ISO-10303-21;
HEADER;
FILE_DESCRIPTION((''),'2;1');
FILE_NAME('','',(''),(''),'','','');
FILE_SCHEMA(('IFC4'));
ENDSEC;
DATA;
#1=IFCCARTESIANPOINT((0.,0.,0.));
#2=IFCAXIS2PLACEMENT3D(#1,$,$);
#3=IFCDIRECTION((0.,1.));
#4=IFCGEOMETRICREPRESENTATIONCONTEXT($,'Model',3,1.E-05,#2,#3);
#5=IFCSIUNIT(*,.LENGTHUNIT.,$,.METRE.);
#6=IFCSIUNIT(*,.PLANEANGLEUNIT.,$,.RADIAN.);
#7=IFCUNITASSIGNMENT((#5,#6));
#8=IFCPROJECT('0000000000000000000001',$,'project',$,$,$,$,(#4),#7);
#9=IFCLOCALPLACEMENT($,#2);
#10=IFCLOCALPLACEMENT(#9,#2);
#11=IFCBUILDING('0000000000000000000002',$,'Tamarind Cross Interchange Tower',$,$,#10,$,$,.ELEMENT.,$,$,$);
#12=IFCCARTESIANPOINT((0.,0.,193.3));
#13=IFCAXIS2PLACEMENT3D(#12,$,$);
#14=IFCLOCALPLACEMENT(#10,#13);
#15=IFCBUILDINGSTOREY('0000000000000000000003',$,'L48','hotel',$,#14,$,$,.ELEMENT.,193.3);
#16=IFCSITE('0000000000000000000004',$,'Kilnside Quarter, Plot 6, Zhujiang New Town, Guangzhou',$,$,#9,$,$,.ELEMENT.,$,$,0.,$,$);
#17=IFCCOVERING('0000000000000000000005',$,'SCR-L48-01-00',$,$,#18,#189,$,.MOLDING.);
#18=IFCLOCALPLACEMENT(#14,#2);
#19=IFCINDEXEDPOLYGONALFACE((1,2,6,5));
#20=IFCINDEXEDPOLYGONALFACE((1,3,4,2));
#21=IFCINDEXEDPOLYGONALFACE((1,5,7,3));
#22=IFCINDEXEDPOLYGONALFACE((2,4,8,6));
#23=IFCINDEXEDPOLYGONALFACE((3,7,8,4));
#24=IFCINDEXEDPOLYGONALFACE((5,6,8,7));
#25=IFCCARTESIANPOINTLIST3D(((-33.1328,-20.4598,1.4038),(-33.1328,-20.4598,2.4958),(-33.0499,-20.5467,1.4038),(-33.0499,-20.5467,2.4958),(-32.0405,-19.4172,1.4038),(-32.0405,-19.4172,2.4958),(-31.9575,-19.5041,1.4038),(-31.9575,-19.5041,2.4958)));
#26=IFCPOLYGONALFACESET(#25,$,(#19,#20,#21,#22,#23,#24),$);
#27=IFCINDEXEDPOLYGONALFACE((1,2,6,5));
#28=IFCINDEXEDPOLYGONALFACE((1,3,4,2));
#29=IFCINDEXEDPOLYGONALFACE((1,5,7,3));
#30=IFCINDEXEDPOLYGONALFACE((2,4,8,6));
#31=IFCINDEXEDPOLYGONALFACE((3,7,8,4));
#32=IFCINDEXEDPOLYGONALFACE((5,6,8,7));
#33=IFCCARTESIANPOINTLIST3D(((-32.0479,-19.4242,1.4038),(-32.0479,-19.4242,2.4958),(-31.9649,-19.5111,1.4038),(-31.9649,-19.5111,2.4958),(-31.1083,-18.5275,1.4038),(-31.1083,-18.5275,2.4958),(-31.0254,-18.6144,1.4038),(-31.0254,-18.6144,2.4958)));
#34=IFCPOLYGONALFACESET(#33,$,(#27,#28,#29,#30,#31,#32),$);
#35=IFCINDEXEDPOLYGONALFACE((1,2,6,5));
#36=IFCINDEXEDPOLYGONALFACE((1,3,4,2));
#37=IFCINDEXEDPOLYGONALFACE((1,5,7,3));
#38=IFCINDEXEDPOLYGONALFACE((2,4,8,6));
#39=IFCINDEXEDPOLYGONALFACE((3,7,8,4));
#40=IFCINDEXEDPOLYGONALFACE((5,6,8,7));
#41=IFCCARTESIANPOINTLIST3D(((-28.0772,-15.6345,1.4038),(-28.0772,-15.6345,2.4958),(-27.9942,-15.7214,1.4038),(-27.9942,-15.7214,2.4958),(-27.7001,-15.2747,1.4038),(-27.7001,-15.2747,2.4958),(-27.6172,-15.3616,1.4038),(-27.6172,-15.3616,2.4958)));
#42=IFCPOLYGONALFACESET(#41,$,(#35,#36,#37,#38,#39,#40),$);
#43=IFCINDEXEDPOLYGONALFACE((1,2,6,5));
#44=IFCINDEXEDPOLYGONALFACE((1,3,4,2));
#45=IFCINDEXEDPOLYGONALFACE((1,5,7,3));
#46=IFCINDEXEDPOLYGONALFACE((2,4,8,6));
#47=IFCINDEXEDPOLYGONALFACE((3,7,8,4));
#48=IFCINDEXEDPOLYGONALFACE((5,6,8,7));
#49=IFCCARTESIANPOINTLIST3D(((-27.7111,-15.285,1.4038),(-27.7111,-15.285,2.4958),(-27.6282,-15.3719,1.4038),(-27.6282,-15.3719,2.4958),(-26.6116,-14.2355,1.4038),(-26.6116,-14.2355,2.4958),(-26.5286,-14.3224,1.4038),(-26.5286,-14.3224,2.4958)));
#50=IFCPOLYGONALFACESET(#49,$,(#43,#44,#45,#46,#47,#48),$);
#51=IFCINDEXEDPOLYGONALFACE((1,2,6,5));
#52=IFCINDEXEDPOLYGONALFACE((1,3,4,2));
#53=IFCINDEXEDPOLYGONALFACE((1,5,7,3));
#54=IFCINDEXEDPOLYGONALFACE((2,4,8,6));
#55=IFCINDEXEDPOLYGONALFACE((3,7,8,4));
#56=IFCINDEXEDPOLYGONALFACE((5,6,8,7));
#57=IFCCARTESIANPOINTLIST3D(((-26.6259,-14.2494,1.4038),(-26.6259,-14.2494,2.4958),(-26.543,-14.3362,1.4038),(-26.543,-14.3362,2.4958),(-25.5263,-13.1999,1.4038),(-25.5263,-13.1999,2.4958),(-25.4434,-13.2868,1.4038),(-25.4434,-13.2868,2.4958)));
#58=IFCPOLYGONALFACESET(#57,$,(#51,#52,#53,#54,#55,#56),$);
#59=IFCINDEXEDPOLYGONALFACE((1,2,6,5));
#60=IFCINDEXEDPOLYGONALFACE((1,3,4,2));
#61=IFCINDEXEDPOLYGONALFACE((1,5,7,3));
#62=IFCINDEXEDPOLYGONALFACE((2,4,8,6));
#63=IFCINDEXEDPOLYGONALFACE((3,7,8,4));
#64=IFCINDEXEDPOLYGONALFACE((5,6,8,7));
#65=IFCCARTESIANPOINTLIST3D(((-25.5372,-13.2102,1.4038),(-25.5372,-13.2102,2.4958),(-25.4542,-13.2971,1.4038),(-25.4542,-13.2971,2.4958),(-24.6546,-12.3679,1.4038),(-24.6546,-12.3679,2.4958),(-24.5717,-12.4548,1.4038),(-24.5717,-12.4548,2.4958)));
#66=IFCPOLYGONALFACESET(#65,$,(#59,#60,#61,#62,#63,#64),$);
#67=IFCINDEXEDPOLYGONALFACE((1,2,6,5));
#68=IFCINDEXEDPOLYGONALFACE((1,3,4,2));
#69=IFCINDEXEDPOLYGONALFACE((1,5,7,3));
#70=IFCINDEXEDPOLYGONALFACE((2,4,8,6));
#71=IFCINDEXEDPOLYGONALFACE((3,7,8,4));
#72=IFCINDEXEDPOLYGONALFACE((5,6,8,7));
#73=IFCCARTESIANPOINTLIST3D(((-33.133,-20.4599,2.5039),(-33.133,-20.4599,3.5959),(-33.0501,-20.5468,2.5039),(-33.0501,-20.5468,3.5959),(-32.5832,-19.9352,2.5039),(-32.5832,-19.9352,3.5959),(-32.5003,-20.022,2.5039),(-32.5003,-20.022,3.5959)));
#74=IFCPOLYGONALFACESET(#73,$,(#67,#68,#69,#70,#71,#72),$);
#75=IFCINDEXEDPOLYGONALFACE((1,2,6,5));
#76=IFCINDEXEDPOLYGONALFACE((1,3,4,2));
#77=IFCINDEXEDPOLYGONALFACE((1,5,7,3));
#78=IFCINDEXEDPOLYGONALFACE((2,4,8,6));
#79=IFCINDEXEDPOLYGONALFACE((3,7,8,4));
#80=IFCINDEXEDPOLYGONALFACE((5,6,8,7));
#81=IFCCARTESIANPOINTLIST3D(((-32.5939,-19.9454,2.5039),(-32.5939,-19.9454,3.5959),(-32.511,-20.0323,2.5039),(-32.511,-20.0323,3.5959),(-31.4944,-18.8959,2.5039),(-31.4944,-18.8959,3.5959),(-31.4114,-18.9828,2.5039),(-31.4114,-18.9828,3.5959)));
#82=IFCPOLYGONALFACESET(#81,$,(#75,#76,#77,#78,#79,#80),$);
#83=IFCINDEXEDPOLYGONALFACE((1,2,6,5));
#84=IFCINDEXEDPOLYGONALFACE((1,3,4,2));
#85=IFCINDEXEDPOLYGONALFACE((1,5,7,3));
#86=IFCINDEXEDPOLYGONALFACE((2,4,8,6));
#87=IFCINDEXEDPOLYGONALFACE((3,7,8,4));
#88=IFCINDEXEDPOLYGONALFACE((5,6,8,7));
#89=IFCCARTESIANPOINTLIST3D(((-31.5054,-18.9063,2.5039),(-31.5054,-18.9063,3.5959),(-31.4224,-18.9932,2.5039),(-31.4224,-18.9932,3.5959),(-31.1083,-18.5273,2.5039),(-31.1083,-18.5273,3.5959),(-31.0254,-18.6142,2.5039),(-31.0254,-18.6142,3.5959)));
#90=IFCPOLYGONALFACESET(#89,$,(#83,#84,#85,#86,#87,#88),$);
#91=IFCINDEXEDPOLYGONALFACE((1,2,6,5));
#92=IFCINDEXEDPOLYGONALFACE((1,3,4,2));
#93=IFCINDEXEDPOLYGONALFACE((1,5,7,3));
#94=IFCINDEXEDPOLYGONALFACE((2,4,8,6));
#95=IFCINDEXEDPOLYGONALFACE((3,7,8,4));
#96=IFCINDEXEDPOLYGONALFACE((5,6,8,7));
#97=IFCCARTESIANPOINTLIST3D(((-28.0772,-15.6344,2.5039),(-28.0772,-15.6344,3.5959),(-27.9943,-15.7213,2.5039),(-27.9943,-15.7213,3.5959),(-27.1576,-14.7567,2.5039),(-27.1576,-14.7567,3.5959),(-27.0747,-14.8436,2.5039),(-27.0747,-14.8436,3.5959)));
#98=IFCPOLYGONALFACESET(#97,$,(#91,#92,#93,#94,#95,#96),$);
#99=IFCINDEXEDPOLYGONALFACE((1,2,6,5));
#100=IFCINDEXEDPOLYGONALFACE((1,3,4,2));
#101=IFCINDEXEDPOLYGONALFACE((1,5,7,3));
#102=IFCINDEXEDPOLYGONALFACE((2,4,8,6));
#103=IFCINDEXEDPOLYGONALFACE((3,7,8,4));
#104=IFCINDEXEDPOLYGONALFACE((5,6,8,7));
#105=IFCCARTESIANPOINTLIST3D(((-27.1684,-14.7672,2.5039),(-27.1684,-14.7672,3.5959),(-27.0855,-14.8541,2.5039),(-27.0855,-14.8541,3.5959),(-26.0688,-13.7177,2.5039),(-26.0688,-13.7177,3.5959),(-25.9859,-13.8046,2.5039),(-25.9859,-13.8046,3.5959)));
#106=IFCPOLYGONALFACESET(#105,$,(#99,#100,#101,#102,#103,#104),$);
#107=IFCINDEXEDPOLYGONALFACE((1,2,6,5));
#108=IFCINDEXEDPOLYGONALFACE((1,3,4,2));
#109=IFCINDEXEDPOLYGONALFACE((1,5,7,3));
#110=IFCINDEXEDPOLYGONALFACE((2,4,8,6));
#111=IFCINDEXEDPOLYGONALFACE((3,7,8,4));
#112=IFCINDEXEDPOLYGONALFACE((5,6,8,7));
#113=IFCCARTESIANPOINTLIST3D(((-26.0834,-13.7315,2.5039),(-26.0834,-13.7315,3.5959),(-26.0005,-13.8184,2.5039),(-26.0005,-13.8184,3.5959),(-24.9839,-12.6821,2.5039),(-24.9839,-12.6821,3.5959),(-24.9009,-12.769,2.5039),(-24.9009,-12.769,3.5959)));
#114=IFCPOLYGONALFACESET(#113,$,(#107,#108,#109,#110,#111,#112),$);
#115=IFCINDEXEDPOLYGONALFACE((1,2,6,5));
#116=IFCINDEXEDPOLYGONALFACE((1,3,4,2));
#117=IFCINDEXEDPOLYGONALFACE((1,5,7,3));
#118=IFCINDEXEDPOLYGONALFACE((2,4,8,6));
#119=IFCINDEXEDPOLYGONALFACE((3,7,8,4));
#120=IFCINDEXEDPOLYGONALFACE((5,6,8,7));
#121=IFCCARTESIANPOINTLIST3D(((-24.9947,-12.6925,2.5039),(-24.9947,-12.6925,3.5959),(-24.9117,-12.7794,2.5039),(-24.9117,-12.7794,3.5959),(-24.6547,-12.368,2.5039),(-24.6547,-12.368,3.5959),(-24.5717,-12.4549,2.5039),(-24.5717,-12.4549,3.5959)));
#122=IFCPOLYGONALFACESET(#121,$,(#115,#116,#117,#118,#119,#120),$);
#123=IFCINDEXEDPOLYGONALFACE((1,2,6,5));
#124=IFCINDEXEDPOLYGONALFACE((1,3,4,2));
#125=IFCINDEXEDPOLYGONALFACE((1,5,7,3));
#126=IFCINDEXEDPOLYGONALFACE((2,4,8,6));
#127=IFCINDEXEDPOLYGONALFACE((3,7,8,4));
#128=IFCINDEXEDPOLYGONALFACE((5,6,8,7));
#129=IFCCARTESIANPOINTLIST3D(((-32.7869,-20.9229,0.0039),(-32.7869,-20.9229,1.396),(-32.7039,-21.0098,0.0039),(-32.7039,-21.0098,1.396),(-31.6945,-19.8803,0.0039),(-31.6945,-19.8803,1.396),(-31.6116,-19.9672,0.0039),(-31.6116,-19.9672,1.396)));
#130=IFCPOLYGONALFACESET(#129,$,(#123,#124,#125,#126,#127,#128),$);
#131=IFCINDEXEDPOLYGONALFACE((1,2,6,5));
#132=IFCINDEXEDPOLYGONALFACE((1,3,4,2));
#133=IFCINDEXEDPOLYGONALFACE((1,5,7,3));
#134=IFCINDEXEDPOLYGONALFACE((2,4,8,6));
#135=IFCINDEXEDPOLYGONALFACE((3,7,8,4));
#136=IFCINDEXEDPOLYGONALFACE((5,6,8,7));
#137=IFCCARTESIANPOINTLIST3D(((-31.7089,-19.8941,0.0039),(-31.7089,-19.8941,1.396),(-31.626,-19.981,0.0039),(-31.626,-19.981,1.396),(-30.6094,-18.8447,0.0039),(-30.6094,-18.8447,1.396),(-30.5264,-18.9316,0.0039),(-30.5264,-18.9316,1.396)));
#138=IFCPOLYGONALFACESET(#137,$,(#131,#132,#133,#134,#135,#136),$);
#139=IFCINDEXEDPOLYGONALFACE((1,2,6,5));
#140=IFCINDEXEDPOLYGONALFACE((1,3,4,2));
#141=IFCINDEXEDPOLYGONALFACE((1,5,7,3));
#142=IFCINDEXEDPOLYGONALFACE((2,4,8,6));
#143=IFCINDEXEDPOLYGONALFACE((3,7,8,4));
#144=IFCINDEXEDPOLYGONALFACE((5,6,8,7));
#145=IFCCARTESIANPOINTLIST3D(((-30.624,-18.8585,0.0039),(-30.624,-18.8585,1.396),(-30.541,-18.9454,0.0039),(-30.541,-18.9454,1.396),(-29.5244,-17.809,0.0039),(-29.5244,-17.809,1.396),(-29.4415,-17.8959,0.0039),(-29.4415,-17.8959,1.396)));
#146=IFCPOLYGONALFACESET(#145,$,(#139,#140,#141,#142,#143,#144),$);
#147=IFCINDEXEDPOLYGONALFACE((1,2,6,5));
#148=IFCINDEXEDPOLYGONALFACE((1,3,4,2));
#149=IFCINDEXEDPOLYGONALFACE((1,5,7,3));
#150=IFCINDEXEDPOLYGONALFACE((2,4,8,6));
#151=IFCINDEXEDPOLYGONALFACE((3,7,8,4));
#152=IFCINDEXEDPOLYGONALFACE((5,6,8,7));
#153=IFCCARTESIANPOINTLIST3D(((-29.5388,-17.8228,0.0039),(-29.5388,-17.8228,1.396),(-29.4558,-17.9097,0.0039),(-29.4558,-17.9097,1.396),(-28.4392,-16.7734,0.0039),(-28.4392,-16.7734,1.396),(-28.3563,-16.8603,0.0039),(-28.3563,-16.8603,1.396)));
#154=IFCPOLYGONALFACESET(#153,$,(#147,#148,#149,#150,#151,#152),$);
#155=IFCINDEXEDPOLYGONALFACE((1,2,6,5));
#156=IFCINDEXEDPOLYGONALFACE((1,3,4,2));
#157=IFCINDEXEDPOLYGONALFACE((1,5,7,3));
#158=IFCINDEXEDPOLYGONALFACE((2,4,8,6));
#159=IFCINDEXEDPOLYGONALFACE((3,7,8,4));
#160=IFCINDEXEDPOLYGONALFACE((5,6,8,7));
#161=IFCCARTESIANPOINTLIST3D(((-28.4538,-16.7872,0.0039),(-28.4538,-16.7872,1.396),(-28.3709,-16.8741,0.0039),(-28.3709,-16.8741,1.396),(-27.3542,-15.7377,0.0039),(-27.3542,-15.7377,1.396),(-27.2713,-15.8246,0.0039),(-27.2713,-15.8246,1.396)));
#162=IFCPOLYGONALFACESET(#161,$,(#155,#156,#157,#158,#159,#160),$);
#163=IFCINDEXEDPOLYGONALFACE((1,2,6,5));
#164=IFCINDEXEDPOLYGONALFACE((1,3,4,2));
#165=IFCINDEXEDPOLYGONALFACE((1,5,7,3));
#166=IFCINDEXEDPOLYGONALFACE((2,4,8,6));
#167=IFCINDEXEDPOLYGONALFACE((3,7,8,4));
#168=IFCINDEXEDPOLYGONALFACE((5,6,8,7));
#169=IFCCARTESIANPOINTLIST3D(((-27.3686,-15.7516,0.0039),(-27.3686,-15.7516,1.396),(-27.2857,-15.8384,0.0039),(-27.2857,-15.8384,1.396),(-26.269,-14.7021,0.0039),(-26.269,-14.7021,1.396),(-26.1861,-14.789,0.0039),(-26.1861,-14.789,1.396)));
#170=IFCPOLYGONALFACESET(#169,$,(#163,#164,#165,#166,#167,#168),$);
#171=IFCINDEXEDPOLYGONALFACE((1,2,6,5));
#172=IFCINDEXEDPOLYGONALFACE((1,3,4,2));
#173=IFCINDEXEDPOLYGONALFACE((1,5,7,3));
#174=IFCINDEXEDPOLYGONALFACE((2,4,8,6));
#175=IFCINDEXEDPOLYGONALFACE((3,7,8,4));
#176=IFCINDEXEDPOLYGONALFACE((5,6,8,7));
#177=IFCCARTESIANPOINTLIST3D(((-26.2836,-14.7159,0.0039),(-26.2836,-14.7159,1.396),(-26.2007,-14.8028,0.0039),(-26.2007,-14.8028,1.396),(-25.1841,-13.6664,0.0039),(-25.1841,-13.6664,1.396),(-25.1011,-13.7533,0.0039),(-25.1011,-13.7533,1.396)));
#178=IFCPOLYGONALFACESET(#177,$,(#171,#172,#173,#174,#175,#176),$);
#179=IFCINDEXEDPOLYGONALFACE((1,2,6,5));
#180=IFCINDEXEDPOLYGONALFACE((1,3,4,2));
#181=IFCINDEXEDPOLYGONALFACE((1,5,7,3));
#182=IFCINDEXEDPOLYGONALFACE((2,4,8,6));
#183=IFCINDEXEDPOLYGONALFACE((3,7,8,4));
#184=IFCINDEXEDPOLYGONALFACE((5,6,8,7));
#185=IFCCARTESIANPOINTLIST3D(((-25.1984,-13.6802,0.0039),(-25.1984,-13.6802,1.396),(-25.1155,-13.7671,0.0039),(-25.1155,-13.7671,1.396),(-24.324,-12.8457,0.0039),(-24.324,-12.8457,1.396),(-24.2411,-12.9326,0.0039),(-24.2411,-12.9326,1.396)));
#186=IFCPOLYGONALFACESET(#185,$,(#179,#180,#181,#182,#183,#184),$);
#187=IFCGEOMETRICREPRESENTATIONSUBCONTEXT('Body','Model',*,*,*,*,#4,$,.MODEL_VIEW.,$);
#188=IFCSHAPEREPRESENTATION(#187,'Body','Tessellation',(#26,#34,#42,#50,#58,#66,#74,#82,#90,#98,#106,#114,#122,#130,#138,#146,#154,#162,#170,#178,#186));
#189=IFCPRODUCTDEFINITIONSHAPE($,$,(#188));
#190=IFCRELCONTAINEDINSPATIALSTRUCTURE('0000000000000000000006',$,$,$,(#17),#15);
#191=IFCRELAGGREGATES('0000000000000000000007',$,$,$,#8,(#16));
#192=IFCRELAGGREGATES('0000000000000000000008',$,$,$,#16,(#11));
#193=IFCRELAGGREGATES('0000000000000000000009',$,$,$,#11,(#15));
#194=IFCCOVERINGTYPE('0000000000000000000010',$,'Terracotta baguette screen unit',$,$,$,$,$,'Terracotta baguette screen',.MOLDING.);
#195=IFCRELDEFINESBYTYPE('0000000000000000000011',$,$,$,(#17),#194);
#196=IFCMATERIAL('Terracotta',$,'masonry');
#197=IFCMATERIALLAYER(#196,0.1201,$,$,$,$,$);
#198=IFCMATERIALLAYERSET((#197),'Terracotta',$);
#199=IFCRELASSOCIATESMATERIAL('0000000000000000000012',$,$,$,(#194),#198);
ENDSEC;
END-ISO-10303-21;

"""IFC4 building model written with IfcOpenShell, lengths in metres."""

from ifc_helpers import new_model, si_unit, direction, frame, origin, origin_2d, place, context, subcontext, project, spatial, rectangle, extrude, material, layer, layer_set, type_object, element, save


model = new_model("IFC4")

# Units and contexts
model_context = context("Model", 3, precision=1e-05, world=origin(), true_north=direction((0.0, 1.0)))
body_context = subcontext(model_context, "Body", "Model", "MODEL_VIEW")
ifc_project = project(units=[si_unit("LENGTHUNIT", "METRE"), si_unit("PLANEANGLEUNIT", "RADIAN")], contexts=[model_context])

# Site, building, storey
site_placement = place(None, origin())
site = spatial("IfcSite", under=ifc_project, at=site_placement, Name="Kilnside Quarter, Plot 6, Zhujiang New Town, Guangzhou", CompositionType="ELEMENT", RefElevation=0.0)
building_placement = place(site_placement, origin())
building = spatial("IfcBuilding", under=site, at=building_placement, Name="Tamarind Cross Interchange Tower", CompositionType="ELEMENT")
storey_placement = place(building_placement, frame((0.0, 0.0, 193.3)))
storey = spatial("IfcBuildingStorey", under=building, at=storey_placement, Name="L48", Description="hotel", CompositionType="ELEMENT", Elevation=193.3)

# Covering
ifc_material_1 = material(Name="Terracotta", Category="masonry")
ifc_layer_1 = layer(ifc_material_1, 0.1201)
ifc_layer_set_1 = layer_set([ifc_layer_1], Name="Terracotta")
covering_type = type_object("IfcCoveringType", Name="Terracotta baguette screen unit", ElementType="Terracotta baguette screen", PredefinedType="MOLDING", material=ifc_layer_set_1)
covering_1_placement = place(storey_placement, origin())
element("IfcCovering", 1, at=covering_1_placement, inside=storey, type_object=covering_type, Name="SCR-L48-01-00", PredefinedType="MOLDING", context=body_context, shape_type="SweptSolid", body=[
    extrude(rectangle(XDim=1.51, YDim=0.1201, at=origin_2d()), frame((-32.5452, -19.9819, 1.4038), z_axis=(0.0, 0.0, 1.0), x_axis=(0.723395, 0.690434, 0.0)), (0.0, 0.0, 1.0), 1.092),
    extrude(rectangle(XDim=1.2988, YDim=0.1201, at=origin_2d()), frame((-31.5366, -19.0193, 1.4038), z_axis=(0.0, 0.0, 1.0), x_axis=(0.723395, 0.690434, 0.0)), (0.0, 0.0, 1.0), 1.092),
    extrude(rectangle(XDim=0.5212, YDim=0.1201, at=origin_2d()), frame((-27.8472, -15.498, 1.4038), z_axis=(0.0, 0.0, 1.0), x_axis=(0.723395, 0.690434, 0.0)), (0.0, 0.0, 1.0), 1.092),
    extrude(rectangle(XDim=1.52, YDim=0.1201, at=origin_2d()), frame((-27.1199, -14.8037, 1.4038), z_axis=(0.0, 0.0, 1.0), x_axis=(0.723395, 0.690434, 0.0)), (0.0, 0.0, 1.0), 1.092),
    extrude(rectangle(XDim=1.52, YDim=0.1201, at=origin_2d()), frame((-26.0347, -13.7681, 1.4038), z_axis=(0.0, 0.0, 1.0), x_axis=(0.723395, 0.690434, 0.0)), (0.0, 0.0, 1.0), 1.092),
    extrude(rectangle(XDim=1.22, YDim=0.1201, at=origin_2d()), frame((-25.0544, -12.8325, 1.4038), z_axis=(0.0, 0.0, 1.0), x_axis=(0.723395, 0.690434, 0.0)), (0.0, 0.0, 1.0), 1.092),
    extrude(rectangle(XDim=0.76, YDim=0.1201, at=origin_2d()), frame((-32.8167, -20.241, 2.5039), z_axis=(0.0, 0.0, 1.0), x_axis=(0.723395, 0.690434, 0.0)), (0.0, 0.0, 1.0), 1.092),
    extrude(rectangle(XDim=1.52, YDim=0.1201, at=origin_2d()), frame((-32.0027, -19.4641, 2.5039), z_axis=(0.0, 0.0, 1.0), x_axis=(0.723395, 0.690434, 0.0)), (0.0, 0.0, 1.0), 1.092),
    extrude(rectangle(XDim=0.5488, YDim=0.1201, at=origin_2d()), frame((-31.2654, -18.7603, 2.5039), z_axis=(0.0, 0.0, 1.0), x_axis=(0.723395, 0.690434, 0.0)), (0.0, 0.0, 1.0), 1.092),
    extrude(rectangle(XDim=1.2712, YDim=0.1201, at=origin_2d()), frame((-27.5759, -15.239, 2.5039), z_axis=(0.0, 0.0, 1.0), x_axis=(0.723395, 0.690434, 0.0)), (0.0, 0.0, 1.0), 1.092),
    extrude(rectangle(XDim=1.52, YDim=0.1201, at=origin_2d()), frame((-26.5771, -14.2859, 2.5039), z_axis=(0.0, 0.0, 1.0), x_axis=(0.723395, 0.690434, 0.0)), (0.0, 0.0, 1.0), 1.092),
    extrude(rectangle(XDim=1.52, YDim=0.1201, at=origin_2d()), frame((-25.4922, -13.2502, 2.5039), z_axis=(0.0, 0.0, 1.0), x_axis=(0.723395, 0.690434, 0.0)), (0.0, 0.0, 1.0), 1.092),
    extrude(rectangle(XDim=0.47, YDim=0.1201, at=origin_2d()), frame((-24.7832, -12.5737, 2.5039), z_axis=(0.0, 0.0, 1.0), x_axis=(0.723395, 0.690434, 0.0)), (0.0, 0.0, 1.0), 1.092),
    extrude(rectangle(XDim=1.51, YDim=0.1201, at=origin_2d()), frame((-32.1992, -20.4451, 0.0039), z_axis=(0.0, 0.0, 1.0), x_axis=(0.723395, 0.690434, 0.0)), (0.0, 0.0, 1.0), 1.3921),
    extrude(rectangle(XDim=1.52, YDim=0.1201, at=origin_2d()), frame((-31.1177, -19.4128, 0.0039), z_axis=(0.0, 0.0, 1.0), x_axis=(0.723395, 0.690434, 0.0)), (0.0, 0.0, 1.0), 1.3921),
    extrude(rectangle(XDim=1.52, YDim=0.1201, at=origin_2d()), frame((-30.0327, -18.3772, 0.0039), z_axis=(0.0, 0.0, 1.0), x_axis=(0.723395, 0.690434, 0.0)), (0.0, 0.0, 1.0), 1.3921),
    extrude(rectangle(XDim=1.52, YDim=0.1201, at=origin_2d()), frame((-28.9475, -17.3416, 0.0039), z_axis=(0.0, 0.0, 1.0), x_axis=(0.723395, 0.690434, 0.0)), (0.0, 0.0, 1.0), 1.3921),
    extrude(rectangle(XDim=1.52, YDim=0.1201, at=origin_2d()), frame((-27.8625, -16.3059, 0.0039), z_axis=(0.0, 0.0, 1.0), x_axis=(0.723395, 0.690434, 0.0)), (0.0, 0.0, 1.0), 1.3921),
    extrude(rectangle(XDim=1.52, YDim=0.1201, at=origin_2d()), frame((-26.7773, -15.2703, 0.0039), z_axis=(0.0, 0.0, 1.0), x_axis=(0.723395, 0.690434, 0.0)), (0.0, 0.0, 1.0), 1.3921),
    extrude(rectangle(XDim=1.52, YDim=0.1201, at=origin_2d()), frame((-25.6924, -14.2346, 0.0039), z_axis=(0.0, 0.0, 1.0), x_axis=(0.723395, 0.690434, 0.0)), (0.0, 0.0, 1.0), 1.3921),
    extrude(rectangle(XDim=1.2087, YDim=0.1201, at=origin_2d()), frame((-24.7197, -13.3064, 0.0039), z_axis=(0.0, 0.0, 1.0), x_axis=(0.723395, 0.690434, 0.0)), (0.0, 0.0, 1.0), 1.3921),
])

save(model, "model.ifc")
